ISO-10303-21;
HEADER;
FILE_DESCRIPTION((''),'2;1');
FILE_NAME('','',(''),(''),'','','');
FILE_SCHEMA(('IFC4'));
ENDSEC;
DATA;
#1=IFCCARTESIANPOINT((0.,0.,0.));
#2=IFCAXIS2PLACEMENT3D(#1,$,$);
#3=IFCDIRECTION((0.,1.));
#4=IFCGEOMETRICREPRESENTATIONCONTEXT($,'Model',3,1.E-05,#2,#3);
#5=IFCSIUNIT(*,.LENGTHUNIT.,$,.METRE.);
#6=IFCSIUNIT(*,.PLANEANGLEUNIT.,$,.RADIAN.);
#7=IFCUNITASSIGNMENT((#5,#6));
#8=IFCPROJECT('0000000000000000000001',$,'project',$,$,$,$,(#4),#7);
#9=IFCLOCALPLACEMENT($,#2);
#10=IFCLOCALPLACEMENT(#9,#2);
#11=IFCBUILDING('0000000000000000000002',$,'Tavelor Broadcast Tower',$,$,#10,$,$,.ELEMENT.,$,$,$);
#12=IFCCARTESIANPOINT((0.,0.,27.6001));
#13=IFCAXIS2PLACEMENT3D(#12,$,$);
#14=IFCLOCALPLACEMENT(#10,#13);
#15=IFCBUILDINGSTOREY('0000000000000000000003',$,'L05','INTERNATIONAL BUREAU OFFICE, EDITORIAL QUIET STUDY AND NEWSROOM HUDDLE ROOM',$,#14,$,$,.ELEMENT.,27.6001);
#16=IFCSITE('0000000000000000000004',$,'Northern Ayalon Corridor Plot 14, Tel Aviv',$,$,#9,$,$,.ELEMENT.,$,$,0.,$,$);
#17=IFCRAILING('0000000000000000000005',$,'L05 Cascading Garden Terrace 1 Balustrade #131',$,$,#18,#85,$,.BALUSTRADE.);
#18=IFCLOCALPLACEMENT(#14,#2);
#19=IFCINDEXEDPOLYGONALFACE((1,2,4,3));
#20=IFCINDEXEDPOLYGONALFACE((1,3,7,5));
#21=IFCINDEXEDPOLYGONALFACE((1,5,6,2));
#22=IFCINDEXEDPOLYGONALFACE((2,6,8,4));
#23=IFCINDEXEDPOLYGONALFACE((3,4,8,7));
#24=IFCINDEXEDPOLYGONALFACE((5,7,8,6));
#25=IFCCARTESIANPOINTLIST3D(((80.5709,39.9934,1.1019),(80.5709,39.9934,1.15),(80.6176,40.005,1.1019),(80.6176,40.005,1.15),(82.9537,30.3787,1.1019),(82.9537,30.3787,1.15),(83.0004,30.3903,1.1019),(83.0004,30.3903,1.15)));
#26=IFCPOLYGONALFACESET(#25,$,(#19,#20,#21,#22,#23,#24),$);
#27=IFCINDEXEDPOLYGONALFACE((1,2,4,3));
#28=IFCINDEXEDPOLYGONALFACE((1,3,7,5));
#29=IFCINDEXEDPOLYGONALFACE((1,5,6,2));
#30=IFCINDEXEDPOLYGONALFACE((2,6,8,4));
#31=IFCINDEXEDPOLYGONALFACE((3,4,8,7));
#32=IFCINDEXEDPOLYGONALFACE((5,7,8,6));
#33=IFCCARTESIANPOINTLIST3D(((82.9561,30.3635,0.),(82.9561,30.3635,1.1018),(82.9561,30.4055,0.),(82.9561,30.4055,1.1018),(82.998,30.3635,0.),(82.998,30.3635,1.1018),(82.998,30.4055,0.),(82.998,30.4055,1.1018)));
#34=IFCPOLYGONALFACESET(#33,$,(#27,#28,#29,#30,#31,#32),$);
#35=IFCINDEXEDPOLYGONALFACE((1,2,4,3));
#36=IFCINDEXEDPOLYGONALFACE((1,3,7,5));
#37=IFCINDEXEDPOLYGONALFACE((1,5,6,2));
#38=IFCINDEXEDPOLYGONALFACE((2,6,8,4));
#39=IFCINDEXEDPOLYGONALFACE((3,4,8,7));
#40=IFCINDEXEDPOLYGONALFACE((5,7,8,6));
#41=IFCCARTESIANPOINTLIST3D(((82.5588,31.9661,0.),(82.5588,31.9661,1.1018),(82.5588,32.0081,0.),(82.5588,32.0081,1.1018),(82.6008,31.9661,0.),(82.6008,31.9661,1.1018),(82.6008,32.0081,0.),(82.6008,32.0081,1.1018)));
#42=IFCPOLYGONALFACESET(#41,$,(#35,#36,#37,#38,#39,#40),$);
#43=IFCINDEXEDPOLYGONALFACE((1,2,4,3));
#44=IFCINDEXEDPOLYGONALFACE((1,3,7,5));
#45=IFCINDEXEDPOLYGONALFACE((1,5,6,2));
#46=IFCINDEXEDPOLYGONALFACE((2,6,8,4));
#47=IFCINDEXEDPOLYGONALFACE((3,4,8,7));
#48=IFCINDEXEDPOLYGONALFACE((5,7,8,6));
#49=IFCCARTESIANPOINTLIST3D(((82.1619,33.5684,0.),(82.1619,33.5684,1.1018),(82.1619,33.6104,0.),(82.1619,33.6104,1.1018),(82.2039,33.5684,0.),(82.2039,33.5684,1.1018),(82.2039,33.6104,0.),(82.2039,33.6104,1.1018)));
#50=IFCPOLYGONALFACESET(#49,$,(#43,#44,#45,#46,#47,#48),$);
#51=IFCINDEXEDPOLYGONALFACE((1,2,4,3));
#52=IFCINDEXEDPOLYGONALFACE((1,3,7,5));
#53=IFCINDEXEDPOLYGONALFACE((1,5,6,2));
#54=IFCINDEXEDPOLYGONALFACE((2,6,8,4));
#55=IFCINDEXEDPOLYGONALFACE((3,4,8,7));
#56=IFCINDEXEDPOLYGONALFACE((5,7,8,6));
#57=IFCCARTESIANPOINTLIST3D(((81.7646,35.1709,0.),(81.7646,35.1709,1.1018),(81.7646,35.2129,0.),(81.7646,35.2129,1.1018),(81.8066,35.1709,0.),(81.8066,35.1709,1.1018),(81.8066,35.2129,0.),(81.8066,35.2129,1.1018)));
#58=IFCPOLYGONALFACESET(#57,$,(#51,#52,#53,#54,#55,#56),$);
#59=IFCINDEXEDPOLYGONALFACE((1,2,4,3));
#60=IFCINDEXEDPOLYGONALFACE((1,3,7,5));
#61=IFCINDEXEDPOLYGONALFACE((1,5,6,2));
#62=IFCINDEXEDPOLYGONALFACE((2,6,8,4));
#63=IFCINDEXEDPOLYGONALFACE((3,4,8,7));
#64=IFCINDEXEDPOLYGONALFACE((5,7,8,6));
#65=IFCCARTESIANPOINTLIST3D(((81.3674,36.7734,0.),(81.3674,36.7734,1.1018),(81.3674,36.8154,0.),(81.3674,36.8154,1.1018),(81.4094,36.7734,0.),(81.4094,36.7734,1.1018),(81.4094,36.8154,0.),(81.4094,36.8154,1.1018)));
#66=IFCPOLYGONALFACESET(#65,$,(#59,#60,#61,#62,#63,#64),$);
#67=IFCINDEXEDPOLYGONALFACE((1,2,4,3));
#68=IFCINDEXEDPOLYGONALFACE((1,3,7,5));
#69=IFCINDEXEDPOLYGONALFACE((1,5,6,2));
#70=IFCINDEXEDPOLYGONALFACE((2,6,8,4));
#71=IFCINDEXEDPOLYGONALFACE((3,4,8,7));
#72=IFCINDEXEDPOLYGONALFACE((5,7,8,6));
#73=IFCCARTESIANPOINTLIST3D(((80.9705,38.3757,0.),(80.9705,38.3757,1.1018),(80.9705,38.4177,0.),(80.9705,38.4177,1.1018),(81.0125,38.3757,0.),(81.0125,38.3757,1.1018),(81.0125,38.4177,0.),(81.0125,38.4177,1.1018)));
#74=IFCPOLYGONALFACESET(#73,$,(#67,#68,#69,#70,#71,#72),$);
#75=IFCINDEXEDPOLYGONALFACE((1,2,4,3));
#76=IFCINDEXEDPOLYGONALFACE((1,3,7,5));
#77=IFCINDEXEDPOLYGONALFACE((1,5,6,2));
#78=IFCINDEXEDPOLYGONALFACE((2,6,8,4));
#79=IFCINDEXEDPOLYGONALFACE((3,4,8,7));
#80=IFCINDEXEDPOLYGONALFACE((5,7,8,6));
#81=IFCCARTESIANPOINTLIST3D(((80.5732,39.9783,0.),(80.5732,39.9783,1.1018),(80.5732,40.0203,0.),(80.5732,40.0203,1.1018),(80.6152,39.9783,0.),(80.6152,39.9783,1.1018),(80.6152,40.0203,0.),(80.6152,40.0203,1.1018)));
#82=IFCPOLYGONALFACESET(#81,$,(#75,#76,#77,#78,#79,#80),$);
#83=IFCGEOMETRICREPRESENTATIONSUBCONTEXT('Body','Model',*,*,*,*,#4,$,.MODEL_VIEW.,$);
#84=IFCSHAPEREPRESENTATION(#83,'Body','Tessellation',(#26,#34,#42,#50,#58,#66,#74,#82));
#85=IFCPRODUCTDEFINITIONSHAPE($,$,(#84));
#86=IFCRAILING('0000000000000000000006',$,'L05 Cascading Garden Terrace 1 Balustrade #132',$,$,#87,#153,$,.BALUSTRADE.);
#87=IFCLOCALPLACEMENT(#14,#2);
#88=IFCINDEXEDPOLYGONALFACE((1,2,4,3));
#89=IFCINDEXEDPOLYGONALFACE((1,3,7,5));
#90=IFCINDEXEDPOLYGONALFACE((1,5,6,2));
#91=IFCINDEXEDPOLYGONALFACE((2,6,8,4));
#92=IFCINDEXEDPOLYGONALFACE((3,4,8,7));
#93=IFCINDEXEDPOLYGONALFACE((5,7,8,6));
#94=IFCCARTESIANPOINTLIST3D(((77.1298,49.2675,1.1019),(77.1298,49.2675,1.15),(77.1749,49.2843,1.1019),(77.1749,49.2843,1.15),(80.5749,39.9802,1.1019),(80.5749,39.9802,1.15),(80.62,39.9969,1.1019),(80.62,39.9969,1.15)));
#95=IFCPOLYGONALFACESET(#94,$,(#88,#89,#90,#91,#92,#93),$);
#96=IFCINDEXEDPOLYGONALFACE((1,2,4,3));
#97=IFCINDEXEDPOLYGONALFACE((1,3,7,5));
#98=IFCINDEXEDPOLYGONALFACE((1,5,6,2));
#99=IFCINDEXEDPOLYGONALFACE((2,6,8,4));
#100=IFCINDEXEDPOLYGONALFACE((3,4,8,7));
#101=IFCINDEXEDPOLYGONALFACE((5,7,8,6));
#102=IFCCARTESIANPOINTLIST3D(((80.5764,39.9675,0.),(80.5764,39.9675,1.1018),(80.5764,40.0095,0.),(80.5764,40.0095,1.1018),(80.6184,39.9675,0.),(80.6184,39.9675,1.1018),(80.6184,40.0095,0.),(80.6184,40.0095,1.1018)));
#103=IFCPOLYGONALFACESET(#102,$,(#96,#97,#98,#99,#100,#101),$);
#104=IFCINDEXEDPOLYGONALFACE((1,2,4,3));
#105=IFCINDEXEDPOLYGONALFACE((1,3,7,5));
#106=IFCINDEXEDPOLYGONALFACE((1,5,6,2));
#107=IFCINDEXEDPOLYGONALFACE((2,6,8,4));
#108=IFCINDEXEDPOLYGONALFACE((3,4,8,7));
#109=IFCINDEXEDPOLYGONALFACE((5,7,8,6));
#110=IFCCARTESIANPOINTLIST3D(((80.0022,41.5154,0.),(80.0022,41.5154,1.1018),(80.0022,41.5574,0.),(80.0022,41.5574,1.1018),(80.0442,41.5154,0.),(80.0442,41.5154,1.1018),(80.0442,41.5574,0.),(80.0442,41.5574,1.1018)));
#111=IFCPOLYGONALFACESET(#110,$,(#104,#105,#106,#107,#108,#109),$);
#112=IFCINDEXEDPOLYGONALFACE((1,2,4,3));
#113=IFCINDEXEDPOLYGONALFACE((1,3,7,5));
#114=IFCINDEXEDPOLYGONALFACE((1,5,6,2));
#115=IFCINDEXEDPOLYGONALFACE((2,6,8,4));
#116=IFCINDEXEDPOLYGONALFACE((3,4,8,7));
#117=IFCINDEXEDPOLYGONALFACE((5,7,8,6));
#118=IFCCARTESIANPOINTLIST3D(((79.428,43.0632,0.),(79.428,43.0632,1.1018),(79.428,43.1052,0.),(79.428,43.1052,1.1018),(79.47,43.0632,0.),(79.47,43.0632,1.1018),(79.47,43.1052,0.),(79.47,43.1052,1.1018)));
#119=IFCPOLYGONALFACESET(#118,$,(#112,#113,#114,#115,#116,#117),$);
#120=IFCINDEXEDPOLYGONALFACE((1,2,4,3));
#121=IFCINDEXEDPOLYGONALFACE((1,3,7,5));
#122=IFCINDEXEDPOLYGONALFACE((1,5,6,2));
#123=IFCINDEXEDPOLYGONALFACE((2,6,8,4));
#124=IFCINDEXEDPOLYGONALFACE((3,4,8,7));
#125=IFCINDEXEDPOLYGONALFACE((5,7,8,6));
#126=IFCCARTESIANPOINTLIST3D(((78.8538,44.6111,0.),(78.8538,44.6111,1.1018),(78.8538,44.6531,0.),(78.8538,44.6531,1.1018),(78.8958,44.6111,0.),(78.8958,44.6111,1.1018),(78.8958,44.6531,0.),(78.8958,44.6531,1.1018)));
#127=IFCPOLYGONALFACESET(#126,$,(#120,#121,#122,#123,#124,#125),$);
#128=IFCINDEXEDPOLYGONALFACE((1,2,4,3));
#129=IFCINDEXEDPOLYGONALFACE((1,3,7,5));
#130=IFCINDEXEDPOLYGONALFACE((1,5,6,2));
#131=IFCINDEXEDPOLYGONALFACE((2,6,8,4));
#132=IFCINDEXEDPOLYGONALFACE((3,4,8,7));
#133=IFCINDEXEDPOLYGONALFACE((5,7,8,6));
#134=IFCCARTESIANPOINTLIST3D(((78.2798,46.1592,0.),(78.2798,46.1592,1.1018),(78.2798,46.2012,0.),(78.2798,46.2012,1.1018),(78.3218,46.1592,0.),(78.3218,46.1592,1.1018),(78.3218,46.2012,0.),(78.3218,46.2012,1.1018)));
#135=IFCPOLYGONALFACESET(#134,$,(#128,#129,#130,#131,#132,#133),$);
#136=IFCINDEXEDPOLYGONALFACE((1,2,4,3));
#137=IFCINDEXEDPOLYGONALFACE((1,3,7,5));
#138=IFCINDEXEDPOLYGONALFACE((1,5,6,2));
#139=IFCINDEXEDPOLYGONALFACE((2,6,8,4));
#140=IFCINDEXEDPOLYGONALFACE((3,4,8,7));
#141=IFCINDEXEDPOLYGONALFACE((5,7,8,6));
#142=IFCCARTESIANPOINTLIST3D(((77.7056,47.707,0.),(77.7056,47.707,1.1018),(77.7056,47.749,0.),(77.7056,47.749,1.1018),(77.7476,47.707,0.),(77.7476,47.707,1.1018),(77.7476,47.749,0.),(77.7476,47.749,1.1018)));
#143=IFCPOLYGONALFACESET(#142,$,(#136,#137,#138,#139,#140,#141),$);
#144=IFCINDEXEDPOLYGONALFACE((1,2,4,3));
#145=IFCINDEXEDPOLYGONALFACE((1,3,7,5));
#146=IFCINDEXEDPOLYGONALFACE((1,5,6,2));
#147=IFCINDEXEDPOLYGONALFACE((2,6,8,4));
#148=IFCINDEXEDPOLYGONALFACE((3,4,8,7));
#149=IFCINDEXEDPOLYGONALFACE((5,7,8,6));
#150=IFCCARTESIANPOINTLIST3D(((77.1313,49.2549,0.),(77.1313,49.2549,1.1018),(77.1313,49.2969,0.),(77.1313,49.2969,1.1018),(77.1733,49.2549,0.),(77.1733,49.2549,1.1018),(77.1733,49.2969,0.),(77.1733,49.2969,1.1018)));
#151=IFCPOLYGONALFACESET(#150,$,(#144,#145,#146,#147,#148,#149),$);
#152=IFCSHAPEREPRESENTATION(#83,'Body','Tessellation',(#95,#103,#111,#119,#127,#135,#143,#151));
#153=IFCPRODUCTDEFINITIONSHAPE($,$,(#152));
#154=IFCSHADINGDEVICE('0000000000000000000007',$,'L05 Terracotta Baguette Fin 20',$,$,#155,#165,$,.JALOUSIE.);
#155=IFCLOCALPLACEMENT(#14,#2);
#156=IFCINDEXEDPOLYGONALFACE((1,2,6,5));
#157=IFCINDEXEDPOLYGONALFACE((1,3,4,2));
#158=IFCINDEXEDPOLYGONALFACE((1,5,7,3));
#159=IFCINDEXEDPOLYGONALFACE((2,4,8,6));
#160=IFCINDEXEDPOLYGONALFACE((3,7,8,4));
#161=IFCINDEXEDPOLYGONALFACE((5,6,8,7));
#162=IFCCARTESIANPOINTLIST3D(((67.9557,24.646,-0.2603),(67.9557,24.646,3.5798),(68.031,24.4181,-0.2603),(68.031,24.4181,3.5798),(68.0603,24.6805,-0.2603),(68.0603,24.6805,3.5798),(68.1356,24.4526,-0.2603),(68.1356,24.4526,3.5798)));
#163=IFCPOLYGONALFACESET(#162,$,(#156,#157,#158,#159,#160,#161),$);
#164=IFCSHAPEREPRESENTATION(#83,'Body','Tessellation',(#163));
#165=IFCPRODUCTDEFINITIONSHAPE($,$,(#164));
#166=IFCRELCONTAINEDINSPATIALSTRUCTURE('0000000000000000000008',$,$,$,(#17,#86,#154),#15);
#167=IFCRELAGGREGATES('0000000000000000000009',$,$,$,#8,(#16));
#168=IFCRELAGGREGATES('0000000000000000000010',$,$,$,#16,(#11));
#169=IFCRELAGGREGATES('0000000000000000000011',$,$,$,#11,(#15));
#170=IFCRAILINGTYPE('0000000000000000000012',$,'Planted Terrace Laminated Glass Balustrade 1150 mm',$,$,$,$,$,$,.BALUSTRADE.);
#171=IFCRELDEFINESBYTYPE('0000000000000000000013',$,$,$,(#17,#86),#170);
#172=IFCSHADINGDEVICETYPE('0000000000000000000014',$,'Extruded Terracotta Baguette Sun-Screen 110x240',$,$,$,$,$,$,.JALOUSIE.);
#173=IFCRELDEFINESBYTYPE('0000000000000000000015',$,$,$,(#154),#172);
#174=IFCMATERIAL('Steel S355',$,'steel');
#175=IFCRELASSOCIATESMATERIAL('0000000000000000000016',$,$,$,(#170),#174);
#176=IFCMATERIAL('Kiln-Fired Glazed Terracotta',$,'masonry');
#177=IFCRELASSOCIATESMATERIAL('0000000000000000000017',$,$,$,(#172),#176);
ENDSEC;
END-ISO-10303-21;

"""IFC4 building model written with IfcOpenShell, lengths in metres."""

from ifc_helpers import new_model, si_unit, direction, frame, origin, origin_2d, place, context, subcontext, project, spatial, rectangle, extrude, source, transform, mapped, material, type_object, type_shapes, element, save


model = new_model("IFC4")

# Units and contexts
model_context = context("Model", 3, precision=1e-05, world=origin(), true_north=direction((0.0, 1.0)))
body_context = subcontext(model_context, "Body", "Model", "MODEL_VIEW")
ifc_project = project(units=[si_unit("LENGTHUNIT", "METRE"), si_unit("PLANEANGLEUNIT", "RADIAN")], contexts=[model_context])

# Site, building, storey
site_placement = place(None, origin())
site = spatial("IfcSite", under=ifc_project, at=site_placement, Name="Northern Ayalon Corridor Plot 14, Tel Aviv", CompositionType="ELEMENT", RefElevation=0.0)
building_placement = place(site_placement, origin())
building = spatial("IfcBuilding", under=site, at=building_placement, Name="Tavelor Broadcast Tower", CompositionType="ELEMENT")
storey_placement = place(building_placement, frame((0.0, 0.0, 27.6001)))
storey = spatial("IfcBuildingStorey", under=building, at=storey_placement, Name="L05", Description="INTERNATIONAL BUREAU OFFICE, EDITORIAL QUIET STUDY AND NEWSROOM HUDDLE ROOM", CompositionType="ELEMENT", Elevation=27.6001)

# Shared definitions
ifc_material_1 = material(Name="Steel S355", Category="steel")

# Railings
railing_type = type_object("IfcRailingType", Name="Planted Terrace Laminated Glass Balustrade 1150 mm", PredefinedType="BALUSTRADE", material=ifc_material_1)
railing_1_placement = place(storey_placement, frame((82.9771, 30.3845, 0.0)))
element("IfcRailing", 1, at=railing_1_placement, inside=storey, type_object=railing_type, Name="L05 Cascading Garden Terrace 1 Balustrade #131", PredefinedType="BALUSTRADE", context=body_context, shape_type="SweptSolid", body=[
    extrude(rectangle(XDim=0.0481, YDim=0.0481, at=origin_2d()), frame((0.0, 0.0, 1.126), z_axis=(-0.240552, 0.970636, 0.0), x_axis=(-0.970636, -0.240552, 0.0)), (0.0, 0.0, 1.0), 9.9055),
    extrude(rectangle(XDim=0.042, YDim=0.042, at=origin_2d()), origin(), (0.0, 0.0, 1.0), 1.1018),
    extrude(rectangle(XDim=0.042, YDim=0.042, at=origin_2d()), frame((-0.3972, 1.6025, 0.0)), (0.0, 0.0, 1.0), 1.1018),
    extrude(rectangle(XDim=0.042, YDim=0.042, at=origin_2d()), frame((-0.7942, 3.2048, 0.0)), (0.0, 0.0, 1.0), 1.1018),
    extrude(rectangle(XDim=0.042, YDim=0.042, at=origin_2d()), frame((-1.1914, 4.8074, 0.0)), (0.0, 0.0, 1.0), 1.1018),
    extrude(rectangle(XDim=0.042, YDim=0.042, at=origin_2d()), frame((-1.5886, 6.4099, 0.0)), (0.0, 0.0, 1.0), 1.1018),
    extrude(rectangle(XDim=0.042, YDim=0.042, at=origin_2d()), frame((-1.9856, 8.0122, 0.0)), (0.0, 0.0, 1.0), 1.1018),
    extrude(rectangle(XDim=0.042, YDim=0.042, at=origin_2d()), frame((-2.3828, 9.6147, 0.0)), (0.0, 0.0, 1.0), 1.1018),
])
railing_2_placement = place(storey_placement, frame((80.5974, 39.9885, 0.0)))
element("IfcRailing", 2, at=railing_2_placement, inside=storey, type_object=railing_type, Name="L05 Cascading Garden Terrace 1 Balustrade #132", PredefinedType="BALUSTRADE", context=body_context, shape_type="SweptSolid", body=[
    extrude(rectangle(XDim=0.0481, YDim=0.0481, at=origin_2d()), frame((0.0, 0.0, 1.126), z_axis=(-0.347786, 0.937574, 0.0), x_axis=(-0.937574, -0.347786, 0.0)), (0.0, 0.0, 1.0), 9.9058),
    extrude(rectangle(XDim=0.042, YDim=0.042, at=origin_2d()), origin(), (0.0, 0.0, 1.0), 1.1018),
    extrude(rectangle(XDim=0.042, YDim=0.042, at=origin_2d()), frame((-0.5742, 1.5479, 0.0)), (0.0, 0.0, 1.0), 1.1018),
    extrude(rectangle(XDim=0.042, YDim=0.042, at=origin_2d()), frame((-1.1484, 3.0957, 0.0)), (0.0, 0.0, 1.0), 1.1018),
    extrude(rectangle(XDim=0.042, YDim=0.042, at=origin_2d()), frame((-1.7227, 4.6436, 0.0)), (0.0, 0.0, 1.0), 1.1018),
    extrude(rectangle(XDim=0.042, YDim=0.042, at=origin_2d()), frame((-2.2966, 6.1917, 0.0)), (0.0, 0.0, 1.0), 1.1018),
    extrude(rectangle(XDim=0.042, YDim=0.042, at=origin_2d()), frame((-2.8708, 7.7395, 0.0)), (0.0, 0.0, 1.0), 1.1018),
    extrude(rectangle(XDim=0.042, YDim=0.042, at=origin_2d()), frame((-3.4451, 9.2874, 0.0)), (0.0, 0.0, 1.0), 1.1018),
])

# Shading device
ifc_material_2 = material(Name="Kiln-Fired Glazed Terracotta", Category="masonry")
shading_device_type = type_object("IfcShadingDeviceType", Name="Extruded Terracotta Baguette Sun-Screen 110x240", PredefinedType="JALOUSIE", material=ifc_material_2)
shared_shape_1 = source(origin(), body_context, "Body", "SweptSolid", [
    extrude(rectangle(XDim=0.1101, YDim=0.24, at=origin_2d()), origin(), (0.0, 0.0, 1.0), 3.8401),
])
type_shapes(shading_device_type, [shared_shape_1])
shading_device_placement = place(storey_placement, frame((68.0457, 24.5493, -0.2603), z_axis=(0.0, 0.0, 1.0), x_axis=(0.949535, 0.313661, 0.0)))
element("IfcShadingDevice", 3, at=shading_device_placement, inside=storey, type_object=shading_device_type, Name="L05 Terracotta Baguette Fin 20", PredefinedType="JALOUSIE", context=body_context, shape_type="MappedRepresentation", body=[
    mapped(shared_shape_1, transform((0.0, 0.0, 0.0), scale=1.0)),
])

save(model, "model.ifc")
